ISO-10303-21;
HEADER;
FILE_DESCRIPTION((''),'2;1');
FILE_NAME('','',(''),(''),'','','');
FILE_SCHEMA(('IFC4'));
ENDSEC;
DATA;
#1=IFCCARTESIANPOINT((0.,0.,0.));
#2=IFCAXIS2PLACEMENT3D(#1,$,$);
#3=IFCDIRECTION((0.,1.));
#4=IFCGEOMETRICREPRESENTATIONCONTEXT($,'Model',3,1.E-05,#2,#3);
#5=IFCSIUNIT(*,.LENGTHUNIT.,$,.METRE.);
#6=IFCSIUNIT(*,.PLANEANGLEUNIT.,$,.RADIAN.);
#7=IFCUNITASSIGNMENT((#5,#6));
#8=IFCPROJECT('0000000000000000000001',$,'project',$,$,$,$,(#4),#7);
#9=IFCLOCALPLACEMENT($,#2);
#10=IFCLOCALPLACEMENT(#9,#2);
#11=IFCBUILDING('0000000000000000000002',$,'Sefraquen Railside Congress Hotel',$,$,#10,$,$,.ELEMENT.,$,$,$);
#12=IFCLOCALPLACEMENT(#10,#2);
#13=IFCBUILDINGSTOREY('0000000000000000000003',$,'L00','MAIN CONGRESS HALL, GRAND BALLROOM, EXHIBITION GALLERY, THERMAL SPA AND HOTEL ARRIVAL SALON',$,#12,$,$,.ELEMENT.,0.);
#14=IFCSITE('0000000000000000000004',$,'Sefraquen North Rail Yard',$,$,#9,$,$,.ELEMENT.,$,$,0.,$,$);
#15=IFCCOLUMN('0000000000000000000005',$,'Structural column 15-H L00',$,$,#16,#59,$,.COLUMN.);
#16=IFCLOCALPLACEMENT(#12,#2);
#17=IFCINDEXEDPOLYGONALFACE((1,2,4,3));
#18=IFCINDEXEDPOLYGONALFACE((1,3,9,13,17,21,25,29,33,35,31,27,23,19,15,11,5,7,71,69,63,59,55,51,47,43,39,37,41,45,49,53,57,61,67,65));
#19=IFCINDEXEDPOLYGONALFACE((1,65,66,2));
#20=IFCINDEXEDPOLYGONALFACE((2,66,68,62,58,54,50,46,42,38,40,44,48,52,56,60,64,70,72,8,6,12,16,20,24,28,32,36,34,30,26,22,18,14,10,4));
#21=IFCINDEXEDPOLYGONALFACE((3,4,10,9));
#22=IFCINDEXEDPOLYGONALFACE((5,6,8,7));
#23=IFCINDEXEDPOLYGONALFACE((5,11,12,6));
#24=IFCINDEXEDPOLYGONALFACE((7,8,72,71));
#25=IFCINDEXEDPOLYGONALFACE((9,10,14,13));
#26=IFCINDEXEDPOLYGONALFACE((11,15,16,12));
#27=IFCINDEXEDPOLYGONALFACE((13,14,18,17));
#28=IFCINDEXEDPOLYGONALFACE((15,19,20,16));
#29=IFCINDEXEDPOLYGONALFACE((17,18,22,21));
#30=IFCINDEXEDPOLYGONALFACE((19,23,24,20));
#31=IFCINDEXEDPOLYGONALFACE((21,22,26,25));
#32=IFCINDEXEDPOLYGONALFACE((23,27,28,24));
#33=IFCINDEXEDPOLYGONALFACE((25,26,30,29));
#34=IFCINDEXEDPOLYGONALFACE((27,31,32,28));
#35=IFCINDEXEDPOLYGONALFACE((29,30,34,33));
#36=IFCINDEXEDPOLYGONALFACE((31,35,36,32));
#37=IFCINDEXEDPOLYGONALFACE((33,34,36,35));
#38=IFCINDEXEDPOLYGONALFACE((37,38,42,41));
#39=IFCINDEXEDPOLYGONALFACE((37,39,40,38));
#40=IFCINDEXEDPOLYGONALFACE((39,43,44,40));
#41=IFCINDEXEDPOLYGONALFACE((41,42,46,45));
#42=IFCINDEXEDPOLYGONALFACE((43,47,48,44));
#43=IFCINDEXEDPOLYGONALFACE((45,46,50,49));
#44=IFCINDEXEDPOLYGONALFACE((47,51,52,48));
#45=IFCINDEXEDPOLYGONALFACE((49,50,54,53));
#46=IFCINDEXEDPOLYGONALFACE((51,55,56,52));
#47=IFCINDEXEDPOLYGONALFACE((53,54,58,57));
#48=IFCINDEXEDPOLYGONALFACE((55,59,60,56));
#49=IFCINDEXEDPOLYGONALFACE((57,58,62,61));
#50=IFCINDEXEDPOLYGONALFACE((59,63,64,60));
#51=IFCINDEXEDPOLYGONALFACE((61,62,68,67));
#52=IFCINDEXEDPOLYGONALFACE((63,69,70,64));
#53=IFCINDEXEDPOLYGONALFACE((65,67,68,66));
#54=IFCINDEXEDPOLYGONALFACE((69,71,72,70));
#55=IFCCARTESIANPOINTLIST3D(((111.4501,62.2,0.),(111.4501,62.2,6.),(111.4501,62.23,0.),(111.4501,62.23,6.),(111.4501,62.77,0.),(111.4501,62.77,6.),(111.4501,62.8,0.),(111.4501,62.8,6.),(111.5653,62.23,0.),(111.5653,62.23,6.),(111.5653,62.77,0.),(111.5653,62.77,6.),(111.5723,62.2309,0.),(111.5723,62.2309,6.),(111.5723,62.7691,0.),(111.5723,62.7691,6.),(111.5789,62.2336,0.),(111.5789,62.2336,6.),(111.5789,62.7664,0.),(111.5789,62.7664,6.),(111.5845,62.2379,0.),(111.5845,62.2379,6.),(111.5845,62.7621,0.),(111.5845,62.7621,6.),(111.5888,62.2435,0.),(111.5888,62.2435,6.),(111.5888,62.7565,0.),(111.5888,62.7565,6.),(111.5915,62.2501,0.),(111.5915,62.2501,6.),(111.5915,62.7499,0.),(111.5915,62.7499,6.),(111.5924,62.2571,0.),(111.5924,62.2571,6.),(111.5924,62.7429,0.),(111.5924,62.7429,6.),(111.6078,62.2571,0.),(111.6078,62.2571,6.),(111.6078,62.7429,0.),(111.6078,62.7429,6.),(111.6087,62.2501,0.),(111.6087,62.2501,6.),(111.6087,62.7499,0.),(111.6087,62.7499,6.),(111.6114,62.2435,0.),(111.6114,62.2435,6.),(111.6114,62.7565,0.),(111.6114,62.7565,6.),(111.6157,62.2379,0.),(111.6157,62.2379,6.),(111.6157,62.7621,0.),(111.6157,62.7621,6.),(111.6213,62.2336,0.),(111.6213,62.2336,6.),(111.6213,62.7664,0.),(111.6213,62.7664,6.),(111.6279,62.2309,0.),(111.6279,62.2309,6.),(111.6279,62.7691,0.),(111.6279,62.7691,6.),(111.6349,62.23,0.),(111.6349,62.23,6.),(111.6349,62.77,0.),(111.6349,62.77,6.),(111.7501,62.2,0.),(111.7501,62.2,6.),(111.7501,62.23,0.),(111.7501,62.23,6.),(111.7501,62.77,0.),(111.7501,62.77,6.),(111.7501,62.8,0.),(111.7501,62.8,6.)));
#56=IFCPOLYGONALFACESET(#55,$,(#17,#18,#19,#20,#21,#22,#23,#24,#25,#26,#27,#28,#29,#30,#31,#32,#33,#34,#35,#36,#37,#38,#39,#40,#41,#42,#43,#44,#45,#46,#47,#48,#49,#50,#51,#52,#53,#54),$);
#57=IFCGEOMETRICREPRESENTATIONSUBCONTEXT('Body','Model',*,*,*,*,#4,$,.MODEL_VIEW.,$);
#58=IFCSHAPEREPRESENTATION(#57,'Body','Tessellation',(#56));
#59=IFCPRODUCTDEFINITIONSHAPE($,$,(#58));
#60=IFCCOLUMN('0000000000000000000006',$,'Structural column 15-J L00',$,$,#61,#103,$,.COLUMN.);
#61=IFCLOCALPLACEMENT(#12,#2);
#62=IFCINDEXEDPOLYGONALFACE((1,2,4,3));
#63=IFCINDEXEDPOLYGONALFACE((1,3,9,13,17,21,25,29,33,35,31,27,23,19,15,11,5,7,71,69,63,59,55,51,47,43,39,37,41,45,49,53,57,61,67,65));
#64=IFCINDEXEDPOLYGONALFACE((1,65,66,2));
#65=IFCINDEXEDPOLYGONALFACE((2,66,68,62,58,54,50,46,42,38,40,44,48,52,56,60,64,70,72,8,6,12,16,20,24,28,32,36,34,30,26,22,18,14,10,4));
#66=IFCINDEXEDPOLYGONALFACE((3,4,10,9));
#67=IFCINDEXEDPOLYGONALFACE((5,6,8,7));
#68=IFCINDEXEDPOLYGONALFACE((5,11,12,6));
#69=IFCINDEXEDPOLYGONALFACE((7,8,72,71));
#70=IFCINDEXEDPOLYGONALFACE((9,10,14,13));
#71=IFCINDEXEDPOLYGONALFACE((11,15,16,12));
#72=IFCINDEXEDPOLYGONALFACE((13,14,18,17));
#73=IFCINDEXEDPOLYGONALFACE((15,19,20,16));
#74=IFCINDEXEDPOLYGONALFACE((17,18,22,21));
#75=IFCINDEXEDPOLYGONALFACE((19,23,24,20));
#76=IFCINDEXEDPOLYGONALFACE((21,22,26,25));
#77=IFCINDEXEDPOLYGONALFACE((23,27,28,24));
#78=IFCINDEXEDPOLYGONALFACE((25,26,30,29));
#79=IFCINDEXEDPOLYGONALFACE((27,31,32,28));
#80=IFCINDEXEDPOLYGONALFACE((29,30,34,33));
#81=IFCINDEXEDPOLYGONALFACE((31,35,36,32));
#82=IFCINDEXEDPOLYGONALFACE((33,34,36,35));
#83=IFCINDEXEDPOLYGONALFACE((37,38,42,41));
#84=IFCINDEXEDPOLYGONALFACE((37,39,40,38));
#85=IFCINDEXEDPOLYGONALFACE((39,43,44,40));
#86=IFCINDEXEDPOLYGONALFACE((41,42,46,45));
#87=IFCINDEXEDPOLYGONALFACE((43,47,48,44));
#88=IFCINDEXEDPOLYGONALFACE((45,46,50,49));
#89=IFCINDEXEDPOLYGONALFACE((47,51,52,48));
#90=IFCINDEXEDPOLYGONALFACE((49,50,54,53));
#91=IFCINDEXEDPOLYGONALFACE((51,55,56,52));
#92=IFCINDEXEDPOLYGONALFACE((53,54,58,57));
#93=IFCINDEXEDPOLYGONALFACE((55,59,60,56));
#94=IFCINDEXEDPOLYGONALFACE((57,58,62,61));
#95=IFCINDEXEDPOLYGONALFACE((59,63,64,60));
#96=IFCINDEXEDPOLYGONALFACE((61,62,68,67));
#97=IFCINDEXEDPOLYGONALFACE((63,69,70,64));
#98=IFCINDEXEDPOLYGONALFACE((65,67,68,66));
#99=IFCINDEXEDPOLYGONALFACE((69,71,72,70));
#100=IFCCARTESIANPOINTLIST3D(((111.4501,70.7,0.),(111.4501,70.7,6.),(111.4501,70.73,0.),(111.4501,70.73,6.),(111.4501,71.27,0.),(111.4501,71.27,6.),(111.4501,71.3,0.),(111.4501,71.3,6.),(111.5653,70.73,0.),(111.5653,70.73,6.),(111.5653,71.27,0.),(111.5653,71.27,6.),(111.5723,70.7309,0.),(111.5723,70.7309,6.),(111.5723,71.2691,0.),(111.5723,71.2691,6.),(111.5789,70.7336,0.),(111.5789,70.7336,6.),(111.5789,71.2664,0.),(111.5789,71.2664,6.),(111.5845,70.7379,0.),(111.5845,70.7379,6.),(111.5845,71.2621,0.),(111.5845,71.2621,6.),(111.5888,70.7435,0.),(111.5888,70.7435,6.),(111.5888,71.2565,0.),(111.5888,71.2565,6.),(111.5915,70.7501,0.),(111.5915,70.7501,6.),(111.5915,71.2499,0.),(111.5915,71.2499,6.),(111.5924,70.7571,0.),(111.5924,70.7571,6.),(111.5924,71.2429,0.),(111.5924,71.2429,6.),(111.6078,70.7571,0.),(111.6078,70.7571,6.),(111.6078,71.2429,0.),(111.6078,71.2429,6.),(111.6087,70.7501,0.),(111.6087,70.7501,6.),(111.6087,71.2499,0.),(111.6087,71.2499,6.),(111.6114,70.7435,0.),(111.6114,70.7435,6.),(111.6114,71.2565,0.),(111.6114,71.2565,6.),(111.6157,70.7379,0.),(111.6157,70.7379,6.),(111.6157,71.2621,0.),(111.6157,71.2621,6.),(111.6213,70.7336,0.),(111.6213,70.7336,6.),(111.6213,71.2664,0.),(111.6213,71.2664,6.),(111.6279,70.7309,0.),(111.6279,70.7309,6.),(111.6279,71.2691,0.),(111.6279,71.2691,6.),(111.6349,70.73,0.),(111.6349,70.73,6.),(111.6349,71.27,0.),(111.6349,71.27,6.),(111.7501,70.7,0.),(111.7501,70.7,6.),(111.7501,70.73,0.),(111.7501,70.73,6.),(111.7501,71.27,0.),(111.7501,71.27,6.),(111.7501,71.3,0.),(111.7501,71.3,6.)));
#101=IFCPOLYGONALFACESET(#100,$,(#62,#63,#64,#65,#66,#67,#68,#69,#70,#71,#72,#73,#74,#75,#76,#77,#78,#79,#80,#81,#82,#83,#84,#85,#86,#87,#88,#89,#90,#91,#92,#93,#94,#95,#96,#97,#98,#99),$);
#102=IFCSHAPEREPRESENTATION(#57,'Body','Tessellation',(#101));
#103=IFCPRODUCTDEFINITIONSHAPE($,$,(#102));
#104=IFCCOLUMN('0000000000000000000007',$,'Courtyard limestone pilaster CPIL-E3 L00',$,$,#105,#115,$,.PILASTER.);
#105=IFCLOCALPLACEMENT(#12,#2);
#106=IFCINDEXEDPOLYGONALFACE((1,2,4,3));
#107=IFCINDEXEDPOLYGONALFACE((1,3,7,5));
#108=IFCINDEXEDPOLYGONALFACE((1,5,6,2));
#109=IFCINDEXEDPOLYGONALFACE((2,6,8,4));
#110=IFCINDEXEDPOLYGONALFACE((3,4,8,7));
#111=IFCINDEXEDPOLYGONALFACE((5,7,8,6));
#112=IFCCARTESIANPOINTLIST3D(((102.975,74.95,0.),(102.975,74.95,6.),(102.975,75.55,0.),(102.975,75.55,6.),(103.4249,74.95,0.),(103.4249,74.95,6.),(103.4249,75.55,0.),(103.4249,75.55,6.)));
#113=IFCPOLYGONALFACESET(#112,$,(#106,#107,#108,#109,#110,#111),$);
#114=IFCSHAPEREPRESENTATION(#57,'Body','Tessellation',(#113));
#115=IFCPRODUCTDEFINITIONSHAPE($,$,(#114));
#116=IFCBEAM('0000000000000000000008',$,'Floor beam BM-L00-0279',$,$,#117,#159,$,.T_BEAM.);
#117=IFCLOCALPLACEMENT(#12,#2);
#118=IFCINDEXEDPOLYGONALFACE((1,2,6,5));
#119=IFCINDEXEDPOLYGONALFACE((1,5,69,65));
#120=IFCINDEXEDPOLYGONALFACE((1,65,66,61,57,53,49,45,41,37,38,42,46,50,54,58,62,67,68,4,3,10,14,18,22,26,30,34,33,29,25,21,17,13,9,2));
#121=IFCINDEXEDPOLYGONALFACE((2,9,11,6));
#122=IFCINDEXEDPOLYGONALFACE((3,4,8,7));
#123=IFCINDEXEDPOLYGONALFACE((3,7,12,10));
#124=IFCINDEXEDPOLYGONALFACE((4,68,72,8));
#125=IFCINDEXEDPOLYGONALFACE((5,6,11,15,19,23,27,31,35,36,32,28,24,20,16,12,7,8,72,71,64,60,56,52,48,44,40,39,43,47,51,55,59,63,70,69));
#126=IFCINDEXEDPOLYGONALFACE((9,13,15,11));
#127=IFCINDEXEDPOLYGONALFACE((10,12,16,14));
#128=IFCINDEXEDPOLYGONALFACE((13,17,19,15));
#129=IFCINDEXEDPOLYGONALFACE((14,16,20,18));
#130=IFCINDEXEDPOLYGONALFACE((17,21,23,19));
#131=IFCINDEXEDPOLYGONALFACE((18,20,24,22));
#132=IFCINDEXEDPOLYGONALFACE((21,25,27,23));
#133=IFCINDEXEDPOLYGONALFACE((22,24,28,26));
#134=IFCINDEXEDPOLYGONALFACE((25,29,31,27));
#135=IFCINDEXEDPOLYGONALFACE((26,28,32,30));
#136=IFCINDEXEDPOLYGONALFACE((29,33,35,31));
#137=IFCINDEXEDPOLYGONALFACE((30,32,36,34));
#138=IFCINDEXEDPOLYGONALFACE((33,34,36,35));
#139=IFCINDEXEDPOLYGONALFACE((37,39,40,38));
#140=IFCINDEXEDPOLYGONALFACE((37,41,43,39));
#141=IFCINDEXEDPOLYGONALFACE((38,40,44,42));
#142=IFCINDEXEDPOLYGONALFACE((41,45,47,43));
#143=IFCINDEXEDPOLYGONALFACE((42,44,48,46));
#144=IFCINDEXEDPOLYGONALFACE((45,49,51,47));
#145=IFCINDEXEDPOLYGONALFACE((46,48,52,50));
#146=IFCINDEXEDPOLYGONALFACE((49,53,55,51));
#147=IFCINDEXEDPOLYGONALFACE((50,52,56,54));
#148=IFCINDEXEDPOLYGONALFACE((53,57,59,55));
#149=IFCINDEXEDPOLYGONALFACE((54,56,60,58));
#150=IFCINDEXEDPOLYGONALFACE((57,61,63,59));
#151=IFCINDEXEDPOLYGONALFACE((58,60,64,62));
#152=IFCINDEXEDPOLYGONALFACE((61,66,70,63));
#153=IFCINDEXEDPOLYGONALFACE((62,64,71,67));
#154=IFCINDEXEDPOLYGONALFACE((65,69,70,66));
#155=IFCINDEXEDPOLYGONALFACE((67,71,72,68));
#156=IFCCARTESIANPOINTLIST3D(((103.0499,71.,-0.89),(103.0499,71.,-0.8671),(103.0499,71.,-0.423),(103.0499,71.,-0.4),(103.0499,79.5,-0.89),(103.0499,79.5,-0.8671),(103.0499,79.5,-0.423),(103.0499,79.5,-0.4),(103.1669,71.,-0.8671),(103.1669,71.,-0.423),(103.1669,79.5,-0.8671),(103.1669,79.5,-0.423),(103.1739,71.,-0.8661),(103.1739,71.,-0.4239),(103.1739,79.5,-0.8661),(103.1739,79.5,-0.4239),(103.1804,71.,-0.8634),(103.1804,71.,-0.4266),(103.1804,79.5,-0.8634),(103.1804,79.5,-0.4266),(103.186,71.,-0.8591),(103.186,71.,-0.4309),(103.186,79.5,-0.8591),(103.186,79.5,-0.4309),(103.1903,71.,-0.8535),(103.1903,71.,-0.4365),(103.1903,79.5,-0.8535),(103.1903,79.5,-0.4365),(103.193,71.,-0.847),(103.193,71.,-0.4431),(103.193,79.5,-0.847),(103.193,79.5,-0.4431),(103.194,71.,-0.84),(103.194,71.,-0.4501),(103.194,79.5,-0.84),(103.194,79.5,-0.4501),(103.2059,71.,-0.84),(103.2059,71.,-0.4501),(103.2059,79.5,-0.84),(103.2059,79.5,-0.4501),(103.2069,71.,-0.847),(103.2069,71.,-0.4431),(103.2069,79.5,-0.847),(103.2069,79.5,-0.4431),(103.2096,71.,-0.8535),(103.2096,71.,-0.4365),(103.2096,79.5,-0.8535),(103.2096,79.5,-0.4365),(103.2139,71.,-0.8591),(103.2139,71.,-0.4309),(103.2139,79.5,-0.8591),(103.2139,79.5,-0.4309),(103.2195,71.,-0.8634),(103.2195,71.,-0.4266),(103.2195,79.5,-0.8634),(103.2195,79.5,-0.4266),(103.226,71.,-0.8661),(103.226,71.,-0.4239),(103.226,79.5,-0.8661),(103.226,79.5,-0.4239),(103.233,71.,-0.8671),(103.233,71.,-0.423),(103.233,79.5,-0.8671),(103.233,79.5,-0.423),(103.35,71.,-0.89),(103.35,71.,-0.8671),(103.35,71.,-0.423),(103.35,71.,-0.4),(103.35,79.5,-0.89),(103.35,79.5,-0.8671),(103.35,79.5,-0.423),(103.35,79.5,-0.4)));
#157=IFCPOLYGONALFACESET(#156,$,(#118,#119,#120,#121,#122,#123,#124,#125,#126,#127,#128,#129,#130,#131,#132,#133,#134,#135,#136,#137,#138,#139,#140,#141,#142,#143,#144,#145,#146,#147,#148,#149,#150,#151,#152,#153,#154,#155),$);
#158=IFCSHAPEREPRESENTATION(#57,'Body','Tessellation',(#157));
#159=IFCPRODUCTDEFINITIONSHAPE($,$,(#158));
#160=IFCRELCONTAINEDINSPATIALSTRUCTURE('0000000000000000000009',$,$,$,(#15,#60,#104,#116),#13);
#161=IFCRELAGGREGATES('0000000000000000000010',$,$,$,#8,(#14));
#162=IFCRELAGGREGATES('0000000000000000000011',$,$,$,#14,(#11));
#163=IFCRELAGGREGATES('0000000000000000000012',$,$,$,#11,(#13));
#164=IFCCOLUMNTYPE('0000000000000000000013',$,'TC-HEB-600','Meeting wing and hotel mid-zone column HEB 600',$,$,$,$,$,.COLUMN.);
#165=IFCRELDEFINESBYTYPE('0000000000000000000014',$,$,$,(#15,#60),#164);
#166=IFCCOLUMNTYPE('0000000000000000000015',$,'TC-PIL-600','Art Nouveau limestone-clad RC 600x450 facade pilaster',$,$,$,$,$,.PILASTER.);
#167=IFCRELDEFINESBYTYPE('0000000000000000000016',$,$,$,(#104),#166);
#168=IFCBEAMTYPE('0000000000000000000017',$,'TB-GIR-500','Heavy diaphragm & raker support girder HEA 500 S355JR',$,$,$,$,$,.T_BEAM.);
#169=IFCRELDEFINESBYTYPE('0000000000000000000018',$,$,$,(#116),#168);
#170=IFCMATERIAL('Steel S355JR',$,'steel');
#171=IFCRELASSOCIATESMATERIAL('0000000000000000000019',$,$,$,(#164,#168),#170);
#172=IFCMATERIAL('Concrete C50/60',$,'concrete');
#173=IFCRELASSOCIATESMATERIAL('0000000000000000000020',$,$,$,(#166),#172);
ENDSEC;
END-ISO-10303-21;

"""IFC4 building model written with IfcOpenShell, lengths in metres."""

from ifc_helpers import new_model, si_unit, direction, frame, origin, origin_2d, place, context, subcontext, project, spatial, rectangle, i_section, extrude, material, material_profile, profile_set, type_object, element, save


model = new_model("IFC4")

# Units and contexts
model_context = context("Model", 3, precision=1e-05, world=origin(), true_north=direction((0.0, 1.0)))
body_context = subcontext(model_context, "Body", "Model", "MODEL_VIEW")
ifc_project = project(units=[si_unit("LENGTHUNIT", "METRE"), si_unit("PLANEANGLEUNIT", "RADIAN")], contexts=[model_context])

# Site, building, storey
site_placement = place(None, origin())
site = spatial("IfcSite", under=ifc_project, at=site_placement, Name="Sefraquen North Rail Yard", CompositionType="ELEMENT", RefElevation=0.0)
building_placement = place(site_placement, origin())
building = spatial("IfcBuilding", under=site, at=building_placement, Name="Sefraquen Railside Congress Hotel", CompositionType="ELEMENT")
storey_placement = place(building_placement, origin())
storey = spatial("IfcBuildingStorey", under=building, at=storey_placement, Name="L00", Description="MAIN CONGRESS HALL, GRAND BALLROOM, EXHIBITION GALLERY, THERMAL SPA AND HOTEL ARRIVAL SALON", CompositionType="ELEMENT", Elevation=0.0)

# Columns
ifc_material_1 = material(Name="Steel S355JR", Category="steel")
ifc_material_profile_1 = material_profile(ifc_material_1, i_section(OverallWidth=0.3, OverallDepth=0.6001, WebThickness=0.0154, FlangeThickness=0.03, FilletRadius=0.0271, at=origin_2d()), Name="HEB 600")
ifc_profile_set_1 = profile_set([ifc_material_profile_1], Name="Steel S355JR")
column_type_1 = type_object("IfcColumnType", Name="TC-HEB-600", Description="Meeting wing and hotel mid-zone column HEB 600", PredefinedType="COLUMN", material=ifc_profile_set_1)
for number, where, z_axis, x_axis, name in (
    (1, (111.6001, 62.5, 0.0), (0.0, 0.0, 1.0), (1.0, 0.0, 0.0), "Structural column 15-H L00"),
    (2, (111.6001, 71.0, 0.0), (0.0, 0.0, 1.0), (1.0, 0.0, 0.0), "Structural column 15-J L00"),
):
    element("IfcColumn", number, at=place(storey_placement, frame(where, z_axis=z_axis, x_axis=x_axis)), inside=storey, type_object=column_type_1, Name=name, PredefinedType="COLUMN", context=body_context, shape_type="SweptSolid", body=[
        extrude(i_section(OverallWidth=0.3, OverallDepth=0.6001, WebThickness=0.0154, FlangeThickness=0.03, FilletRadius=0.0271, at=origin_2d()), origin(), (0.0, 0.0, 1.0), 6.0),
    ])
ifc_material_2 = material(Name="Concrete C50/60", Category="concrete")
ifc_material_profile_2 = material_profile(ifc_material_2, rectangle(XDim=0.45, YDim=0.6001, at=origin_2d()), Name="RC 600x450")
ifc_profile_set_2 = profile_set([ifc_material_profile_2], Name="Concrete C50/60")
column_type_2 = type_object("IfcColumnType", Name="TC-PIL-600", Description="Art Nouveau limestone-clad RC 600x450 facade pilaster", PredefinedType="PILASTER", material=ifc_profile_set_2)
column_placement = place(storey_placement, frame((103.2, 75.25, 0.0), z_axis=(0.0, 0.0, 1.0), x_axis=(1.0, 0.0, 0.0)))
element("IfcColumn", 3, at=column_placement, inside=storey, type_object=column_type_2, Name="Courtyard limestone pilaster CPIL-E3 L00", PredefinedType="PILASTER", context=body_context, shape_type="SweptSolid", body=[
    extrude(rectangle(XDim=0.45, YDim=0.6001, at=origin_2d()), origin(), (0.0, 0.0, 1.0), 6.0),
])

# Beam
ifc_material_profile_3 = material_profile(ifc_material_1, i_section(OverallWidth=0.3, OverallDepth=0.49, WebThickness=0.012, FlangeThickness=0.0229, FilletRadius=0.0271, at=origin_2d()), Name="HEA 500")
ifc_profile_set_3 = profile_set([ifc_material_profile_3], Name="Steel S355JR")
beam_type_1 = type_object("IfcBeamType", Name="TB-GIR-500", Description="Heavy diaphragm & raker support girder HEA 500 S355JR", PredefinedType="T_BEAM", material=ifc_profile_set_3)
for number, where, z_axis, x_axis, name in (
    (4, (103.2, 71.0, -0.645), (0.0, 1.0, 0.0), (-1.0, 0.0, 0.0), "Floor beam BM-L00-0279"),
):
    element("IfcBeam", number, at=place(storey_placement, frame(where, z_axis=z_axis, x_axis=x_axis)), inside=storey, type_object=beam_type_1, Name=name, PredefinedType="T_BEAM", context=body_context, shape_type="SweptSolid", body=[
        extrude(i_section(OverallWidth=0.3, OverallDepth=0.49, WebThickness=0.012, FlangeThickness=0.0229, FilletRadius=0.0271, at=origin_2d()), origin(), (0.0, 0.0, 1.0), 8.5),
    ])

save(model, "model.ifc")
